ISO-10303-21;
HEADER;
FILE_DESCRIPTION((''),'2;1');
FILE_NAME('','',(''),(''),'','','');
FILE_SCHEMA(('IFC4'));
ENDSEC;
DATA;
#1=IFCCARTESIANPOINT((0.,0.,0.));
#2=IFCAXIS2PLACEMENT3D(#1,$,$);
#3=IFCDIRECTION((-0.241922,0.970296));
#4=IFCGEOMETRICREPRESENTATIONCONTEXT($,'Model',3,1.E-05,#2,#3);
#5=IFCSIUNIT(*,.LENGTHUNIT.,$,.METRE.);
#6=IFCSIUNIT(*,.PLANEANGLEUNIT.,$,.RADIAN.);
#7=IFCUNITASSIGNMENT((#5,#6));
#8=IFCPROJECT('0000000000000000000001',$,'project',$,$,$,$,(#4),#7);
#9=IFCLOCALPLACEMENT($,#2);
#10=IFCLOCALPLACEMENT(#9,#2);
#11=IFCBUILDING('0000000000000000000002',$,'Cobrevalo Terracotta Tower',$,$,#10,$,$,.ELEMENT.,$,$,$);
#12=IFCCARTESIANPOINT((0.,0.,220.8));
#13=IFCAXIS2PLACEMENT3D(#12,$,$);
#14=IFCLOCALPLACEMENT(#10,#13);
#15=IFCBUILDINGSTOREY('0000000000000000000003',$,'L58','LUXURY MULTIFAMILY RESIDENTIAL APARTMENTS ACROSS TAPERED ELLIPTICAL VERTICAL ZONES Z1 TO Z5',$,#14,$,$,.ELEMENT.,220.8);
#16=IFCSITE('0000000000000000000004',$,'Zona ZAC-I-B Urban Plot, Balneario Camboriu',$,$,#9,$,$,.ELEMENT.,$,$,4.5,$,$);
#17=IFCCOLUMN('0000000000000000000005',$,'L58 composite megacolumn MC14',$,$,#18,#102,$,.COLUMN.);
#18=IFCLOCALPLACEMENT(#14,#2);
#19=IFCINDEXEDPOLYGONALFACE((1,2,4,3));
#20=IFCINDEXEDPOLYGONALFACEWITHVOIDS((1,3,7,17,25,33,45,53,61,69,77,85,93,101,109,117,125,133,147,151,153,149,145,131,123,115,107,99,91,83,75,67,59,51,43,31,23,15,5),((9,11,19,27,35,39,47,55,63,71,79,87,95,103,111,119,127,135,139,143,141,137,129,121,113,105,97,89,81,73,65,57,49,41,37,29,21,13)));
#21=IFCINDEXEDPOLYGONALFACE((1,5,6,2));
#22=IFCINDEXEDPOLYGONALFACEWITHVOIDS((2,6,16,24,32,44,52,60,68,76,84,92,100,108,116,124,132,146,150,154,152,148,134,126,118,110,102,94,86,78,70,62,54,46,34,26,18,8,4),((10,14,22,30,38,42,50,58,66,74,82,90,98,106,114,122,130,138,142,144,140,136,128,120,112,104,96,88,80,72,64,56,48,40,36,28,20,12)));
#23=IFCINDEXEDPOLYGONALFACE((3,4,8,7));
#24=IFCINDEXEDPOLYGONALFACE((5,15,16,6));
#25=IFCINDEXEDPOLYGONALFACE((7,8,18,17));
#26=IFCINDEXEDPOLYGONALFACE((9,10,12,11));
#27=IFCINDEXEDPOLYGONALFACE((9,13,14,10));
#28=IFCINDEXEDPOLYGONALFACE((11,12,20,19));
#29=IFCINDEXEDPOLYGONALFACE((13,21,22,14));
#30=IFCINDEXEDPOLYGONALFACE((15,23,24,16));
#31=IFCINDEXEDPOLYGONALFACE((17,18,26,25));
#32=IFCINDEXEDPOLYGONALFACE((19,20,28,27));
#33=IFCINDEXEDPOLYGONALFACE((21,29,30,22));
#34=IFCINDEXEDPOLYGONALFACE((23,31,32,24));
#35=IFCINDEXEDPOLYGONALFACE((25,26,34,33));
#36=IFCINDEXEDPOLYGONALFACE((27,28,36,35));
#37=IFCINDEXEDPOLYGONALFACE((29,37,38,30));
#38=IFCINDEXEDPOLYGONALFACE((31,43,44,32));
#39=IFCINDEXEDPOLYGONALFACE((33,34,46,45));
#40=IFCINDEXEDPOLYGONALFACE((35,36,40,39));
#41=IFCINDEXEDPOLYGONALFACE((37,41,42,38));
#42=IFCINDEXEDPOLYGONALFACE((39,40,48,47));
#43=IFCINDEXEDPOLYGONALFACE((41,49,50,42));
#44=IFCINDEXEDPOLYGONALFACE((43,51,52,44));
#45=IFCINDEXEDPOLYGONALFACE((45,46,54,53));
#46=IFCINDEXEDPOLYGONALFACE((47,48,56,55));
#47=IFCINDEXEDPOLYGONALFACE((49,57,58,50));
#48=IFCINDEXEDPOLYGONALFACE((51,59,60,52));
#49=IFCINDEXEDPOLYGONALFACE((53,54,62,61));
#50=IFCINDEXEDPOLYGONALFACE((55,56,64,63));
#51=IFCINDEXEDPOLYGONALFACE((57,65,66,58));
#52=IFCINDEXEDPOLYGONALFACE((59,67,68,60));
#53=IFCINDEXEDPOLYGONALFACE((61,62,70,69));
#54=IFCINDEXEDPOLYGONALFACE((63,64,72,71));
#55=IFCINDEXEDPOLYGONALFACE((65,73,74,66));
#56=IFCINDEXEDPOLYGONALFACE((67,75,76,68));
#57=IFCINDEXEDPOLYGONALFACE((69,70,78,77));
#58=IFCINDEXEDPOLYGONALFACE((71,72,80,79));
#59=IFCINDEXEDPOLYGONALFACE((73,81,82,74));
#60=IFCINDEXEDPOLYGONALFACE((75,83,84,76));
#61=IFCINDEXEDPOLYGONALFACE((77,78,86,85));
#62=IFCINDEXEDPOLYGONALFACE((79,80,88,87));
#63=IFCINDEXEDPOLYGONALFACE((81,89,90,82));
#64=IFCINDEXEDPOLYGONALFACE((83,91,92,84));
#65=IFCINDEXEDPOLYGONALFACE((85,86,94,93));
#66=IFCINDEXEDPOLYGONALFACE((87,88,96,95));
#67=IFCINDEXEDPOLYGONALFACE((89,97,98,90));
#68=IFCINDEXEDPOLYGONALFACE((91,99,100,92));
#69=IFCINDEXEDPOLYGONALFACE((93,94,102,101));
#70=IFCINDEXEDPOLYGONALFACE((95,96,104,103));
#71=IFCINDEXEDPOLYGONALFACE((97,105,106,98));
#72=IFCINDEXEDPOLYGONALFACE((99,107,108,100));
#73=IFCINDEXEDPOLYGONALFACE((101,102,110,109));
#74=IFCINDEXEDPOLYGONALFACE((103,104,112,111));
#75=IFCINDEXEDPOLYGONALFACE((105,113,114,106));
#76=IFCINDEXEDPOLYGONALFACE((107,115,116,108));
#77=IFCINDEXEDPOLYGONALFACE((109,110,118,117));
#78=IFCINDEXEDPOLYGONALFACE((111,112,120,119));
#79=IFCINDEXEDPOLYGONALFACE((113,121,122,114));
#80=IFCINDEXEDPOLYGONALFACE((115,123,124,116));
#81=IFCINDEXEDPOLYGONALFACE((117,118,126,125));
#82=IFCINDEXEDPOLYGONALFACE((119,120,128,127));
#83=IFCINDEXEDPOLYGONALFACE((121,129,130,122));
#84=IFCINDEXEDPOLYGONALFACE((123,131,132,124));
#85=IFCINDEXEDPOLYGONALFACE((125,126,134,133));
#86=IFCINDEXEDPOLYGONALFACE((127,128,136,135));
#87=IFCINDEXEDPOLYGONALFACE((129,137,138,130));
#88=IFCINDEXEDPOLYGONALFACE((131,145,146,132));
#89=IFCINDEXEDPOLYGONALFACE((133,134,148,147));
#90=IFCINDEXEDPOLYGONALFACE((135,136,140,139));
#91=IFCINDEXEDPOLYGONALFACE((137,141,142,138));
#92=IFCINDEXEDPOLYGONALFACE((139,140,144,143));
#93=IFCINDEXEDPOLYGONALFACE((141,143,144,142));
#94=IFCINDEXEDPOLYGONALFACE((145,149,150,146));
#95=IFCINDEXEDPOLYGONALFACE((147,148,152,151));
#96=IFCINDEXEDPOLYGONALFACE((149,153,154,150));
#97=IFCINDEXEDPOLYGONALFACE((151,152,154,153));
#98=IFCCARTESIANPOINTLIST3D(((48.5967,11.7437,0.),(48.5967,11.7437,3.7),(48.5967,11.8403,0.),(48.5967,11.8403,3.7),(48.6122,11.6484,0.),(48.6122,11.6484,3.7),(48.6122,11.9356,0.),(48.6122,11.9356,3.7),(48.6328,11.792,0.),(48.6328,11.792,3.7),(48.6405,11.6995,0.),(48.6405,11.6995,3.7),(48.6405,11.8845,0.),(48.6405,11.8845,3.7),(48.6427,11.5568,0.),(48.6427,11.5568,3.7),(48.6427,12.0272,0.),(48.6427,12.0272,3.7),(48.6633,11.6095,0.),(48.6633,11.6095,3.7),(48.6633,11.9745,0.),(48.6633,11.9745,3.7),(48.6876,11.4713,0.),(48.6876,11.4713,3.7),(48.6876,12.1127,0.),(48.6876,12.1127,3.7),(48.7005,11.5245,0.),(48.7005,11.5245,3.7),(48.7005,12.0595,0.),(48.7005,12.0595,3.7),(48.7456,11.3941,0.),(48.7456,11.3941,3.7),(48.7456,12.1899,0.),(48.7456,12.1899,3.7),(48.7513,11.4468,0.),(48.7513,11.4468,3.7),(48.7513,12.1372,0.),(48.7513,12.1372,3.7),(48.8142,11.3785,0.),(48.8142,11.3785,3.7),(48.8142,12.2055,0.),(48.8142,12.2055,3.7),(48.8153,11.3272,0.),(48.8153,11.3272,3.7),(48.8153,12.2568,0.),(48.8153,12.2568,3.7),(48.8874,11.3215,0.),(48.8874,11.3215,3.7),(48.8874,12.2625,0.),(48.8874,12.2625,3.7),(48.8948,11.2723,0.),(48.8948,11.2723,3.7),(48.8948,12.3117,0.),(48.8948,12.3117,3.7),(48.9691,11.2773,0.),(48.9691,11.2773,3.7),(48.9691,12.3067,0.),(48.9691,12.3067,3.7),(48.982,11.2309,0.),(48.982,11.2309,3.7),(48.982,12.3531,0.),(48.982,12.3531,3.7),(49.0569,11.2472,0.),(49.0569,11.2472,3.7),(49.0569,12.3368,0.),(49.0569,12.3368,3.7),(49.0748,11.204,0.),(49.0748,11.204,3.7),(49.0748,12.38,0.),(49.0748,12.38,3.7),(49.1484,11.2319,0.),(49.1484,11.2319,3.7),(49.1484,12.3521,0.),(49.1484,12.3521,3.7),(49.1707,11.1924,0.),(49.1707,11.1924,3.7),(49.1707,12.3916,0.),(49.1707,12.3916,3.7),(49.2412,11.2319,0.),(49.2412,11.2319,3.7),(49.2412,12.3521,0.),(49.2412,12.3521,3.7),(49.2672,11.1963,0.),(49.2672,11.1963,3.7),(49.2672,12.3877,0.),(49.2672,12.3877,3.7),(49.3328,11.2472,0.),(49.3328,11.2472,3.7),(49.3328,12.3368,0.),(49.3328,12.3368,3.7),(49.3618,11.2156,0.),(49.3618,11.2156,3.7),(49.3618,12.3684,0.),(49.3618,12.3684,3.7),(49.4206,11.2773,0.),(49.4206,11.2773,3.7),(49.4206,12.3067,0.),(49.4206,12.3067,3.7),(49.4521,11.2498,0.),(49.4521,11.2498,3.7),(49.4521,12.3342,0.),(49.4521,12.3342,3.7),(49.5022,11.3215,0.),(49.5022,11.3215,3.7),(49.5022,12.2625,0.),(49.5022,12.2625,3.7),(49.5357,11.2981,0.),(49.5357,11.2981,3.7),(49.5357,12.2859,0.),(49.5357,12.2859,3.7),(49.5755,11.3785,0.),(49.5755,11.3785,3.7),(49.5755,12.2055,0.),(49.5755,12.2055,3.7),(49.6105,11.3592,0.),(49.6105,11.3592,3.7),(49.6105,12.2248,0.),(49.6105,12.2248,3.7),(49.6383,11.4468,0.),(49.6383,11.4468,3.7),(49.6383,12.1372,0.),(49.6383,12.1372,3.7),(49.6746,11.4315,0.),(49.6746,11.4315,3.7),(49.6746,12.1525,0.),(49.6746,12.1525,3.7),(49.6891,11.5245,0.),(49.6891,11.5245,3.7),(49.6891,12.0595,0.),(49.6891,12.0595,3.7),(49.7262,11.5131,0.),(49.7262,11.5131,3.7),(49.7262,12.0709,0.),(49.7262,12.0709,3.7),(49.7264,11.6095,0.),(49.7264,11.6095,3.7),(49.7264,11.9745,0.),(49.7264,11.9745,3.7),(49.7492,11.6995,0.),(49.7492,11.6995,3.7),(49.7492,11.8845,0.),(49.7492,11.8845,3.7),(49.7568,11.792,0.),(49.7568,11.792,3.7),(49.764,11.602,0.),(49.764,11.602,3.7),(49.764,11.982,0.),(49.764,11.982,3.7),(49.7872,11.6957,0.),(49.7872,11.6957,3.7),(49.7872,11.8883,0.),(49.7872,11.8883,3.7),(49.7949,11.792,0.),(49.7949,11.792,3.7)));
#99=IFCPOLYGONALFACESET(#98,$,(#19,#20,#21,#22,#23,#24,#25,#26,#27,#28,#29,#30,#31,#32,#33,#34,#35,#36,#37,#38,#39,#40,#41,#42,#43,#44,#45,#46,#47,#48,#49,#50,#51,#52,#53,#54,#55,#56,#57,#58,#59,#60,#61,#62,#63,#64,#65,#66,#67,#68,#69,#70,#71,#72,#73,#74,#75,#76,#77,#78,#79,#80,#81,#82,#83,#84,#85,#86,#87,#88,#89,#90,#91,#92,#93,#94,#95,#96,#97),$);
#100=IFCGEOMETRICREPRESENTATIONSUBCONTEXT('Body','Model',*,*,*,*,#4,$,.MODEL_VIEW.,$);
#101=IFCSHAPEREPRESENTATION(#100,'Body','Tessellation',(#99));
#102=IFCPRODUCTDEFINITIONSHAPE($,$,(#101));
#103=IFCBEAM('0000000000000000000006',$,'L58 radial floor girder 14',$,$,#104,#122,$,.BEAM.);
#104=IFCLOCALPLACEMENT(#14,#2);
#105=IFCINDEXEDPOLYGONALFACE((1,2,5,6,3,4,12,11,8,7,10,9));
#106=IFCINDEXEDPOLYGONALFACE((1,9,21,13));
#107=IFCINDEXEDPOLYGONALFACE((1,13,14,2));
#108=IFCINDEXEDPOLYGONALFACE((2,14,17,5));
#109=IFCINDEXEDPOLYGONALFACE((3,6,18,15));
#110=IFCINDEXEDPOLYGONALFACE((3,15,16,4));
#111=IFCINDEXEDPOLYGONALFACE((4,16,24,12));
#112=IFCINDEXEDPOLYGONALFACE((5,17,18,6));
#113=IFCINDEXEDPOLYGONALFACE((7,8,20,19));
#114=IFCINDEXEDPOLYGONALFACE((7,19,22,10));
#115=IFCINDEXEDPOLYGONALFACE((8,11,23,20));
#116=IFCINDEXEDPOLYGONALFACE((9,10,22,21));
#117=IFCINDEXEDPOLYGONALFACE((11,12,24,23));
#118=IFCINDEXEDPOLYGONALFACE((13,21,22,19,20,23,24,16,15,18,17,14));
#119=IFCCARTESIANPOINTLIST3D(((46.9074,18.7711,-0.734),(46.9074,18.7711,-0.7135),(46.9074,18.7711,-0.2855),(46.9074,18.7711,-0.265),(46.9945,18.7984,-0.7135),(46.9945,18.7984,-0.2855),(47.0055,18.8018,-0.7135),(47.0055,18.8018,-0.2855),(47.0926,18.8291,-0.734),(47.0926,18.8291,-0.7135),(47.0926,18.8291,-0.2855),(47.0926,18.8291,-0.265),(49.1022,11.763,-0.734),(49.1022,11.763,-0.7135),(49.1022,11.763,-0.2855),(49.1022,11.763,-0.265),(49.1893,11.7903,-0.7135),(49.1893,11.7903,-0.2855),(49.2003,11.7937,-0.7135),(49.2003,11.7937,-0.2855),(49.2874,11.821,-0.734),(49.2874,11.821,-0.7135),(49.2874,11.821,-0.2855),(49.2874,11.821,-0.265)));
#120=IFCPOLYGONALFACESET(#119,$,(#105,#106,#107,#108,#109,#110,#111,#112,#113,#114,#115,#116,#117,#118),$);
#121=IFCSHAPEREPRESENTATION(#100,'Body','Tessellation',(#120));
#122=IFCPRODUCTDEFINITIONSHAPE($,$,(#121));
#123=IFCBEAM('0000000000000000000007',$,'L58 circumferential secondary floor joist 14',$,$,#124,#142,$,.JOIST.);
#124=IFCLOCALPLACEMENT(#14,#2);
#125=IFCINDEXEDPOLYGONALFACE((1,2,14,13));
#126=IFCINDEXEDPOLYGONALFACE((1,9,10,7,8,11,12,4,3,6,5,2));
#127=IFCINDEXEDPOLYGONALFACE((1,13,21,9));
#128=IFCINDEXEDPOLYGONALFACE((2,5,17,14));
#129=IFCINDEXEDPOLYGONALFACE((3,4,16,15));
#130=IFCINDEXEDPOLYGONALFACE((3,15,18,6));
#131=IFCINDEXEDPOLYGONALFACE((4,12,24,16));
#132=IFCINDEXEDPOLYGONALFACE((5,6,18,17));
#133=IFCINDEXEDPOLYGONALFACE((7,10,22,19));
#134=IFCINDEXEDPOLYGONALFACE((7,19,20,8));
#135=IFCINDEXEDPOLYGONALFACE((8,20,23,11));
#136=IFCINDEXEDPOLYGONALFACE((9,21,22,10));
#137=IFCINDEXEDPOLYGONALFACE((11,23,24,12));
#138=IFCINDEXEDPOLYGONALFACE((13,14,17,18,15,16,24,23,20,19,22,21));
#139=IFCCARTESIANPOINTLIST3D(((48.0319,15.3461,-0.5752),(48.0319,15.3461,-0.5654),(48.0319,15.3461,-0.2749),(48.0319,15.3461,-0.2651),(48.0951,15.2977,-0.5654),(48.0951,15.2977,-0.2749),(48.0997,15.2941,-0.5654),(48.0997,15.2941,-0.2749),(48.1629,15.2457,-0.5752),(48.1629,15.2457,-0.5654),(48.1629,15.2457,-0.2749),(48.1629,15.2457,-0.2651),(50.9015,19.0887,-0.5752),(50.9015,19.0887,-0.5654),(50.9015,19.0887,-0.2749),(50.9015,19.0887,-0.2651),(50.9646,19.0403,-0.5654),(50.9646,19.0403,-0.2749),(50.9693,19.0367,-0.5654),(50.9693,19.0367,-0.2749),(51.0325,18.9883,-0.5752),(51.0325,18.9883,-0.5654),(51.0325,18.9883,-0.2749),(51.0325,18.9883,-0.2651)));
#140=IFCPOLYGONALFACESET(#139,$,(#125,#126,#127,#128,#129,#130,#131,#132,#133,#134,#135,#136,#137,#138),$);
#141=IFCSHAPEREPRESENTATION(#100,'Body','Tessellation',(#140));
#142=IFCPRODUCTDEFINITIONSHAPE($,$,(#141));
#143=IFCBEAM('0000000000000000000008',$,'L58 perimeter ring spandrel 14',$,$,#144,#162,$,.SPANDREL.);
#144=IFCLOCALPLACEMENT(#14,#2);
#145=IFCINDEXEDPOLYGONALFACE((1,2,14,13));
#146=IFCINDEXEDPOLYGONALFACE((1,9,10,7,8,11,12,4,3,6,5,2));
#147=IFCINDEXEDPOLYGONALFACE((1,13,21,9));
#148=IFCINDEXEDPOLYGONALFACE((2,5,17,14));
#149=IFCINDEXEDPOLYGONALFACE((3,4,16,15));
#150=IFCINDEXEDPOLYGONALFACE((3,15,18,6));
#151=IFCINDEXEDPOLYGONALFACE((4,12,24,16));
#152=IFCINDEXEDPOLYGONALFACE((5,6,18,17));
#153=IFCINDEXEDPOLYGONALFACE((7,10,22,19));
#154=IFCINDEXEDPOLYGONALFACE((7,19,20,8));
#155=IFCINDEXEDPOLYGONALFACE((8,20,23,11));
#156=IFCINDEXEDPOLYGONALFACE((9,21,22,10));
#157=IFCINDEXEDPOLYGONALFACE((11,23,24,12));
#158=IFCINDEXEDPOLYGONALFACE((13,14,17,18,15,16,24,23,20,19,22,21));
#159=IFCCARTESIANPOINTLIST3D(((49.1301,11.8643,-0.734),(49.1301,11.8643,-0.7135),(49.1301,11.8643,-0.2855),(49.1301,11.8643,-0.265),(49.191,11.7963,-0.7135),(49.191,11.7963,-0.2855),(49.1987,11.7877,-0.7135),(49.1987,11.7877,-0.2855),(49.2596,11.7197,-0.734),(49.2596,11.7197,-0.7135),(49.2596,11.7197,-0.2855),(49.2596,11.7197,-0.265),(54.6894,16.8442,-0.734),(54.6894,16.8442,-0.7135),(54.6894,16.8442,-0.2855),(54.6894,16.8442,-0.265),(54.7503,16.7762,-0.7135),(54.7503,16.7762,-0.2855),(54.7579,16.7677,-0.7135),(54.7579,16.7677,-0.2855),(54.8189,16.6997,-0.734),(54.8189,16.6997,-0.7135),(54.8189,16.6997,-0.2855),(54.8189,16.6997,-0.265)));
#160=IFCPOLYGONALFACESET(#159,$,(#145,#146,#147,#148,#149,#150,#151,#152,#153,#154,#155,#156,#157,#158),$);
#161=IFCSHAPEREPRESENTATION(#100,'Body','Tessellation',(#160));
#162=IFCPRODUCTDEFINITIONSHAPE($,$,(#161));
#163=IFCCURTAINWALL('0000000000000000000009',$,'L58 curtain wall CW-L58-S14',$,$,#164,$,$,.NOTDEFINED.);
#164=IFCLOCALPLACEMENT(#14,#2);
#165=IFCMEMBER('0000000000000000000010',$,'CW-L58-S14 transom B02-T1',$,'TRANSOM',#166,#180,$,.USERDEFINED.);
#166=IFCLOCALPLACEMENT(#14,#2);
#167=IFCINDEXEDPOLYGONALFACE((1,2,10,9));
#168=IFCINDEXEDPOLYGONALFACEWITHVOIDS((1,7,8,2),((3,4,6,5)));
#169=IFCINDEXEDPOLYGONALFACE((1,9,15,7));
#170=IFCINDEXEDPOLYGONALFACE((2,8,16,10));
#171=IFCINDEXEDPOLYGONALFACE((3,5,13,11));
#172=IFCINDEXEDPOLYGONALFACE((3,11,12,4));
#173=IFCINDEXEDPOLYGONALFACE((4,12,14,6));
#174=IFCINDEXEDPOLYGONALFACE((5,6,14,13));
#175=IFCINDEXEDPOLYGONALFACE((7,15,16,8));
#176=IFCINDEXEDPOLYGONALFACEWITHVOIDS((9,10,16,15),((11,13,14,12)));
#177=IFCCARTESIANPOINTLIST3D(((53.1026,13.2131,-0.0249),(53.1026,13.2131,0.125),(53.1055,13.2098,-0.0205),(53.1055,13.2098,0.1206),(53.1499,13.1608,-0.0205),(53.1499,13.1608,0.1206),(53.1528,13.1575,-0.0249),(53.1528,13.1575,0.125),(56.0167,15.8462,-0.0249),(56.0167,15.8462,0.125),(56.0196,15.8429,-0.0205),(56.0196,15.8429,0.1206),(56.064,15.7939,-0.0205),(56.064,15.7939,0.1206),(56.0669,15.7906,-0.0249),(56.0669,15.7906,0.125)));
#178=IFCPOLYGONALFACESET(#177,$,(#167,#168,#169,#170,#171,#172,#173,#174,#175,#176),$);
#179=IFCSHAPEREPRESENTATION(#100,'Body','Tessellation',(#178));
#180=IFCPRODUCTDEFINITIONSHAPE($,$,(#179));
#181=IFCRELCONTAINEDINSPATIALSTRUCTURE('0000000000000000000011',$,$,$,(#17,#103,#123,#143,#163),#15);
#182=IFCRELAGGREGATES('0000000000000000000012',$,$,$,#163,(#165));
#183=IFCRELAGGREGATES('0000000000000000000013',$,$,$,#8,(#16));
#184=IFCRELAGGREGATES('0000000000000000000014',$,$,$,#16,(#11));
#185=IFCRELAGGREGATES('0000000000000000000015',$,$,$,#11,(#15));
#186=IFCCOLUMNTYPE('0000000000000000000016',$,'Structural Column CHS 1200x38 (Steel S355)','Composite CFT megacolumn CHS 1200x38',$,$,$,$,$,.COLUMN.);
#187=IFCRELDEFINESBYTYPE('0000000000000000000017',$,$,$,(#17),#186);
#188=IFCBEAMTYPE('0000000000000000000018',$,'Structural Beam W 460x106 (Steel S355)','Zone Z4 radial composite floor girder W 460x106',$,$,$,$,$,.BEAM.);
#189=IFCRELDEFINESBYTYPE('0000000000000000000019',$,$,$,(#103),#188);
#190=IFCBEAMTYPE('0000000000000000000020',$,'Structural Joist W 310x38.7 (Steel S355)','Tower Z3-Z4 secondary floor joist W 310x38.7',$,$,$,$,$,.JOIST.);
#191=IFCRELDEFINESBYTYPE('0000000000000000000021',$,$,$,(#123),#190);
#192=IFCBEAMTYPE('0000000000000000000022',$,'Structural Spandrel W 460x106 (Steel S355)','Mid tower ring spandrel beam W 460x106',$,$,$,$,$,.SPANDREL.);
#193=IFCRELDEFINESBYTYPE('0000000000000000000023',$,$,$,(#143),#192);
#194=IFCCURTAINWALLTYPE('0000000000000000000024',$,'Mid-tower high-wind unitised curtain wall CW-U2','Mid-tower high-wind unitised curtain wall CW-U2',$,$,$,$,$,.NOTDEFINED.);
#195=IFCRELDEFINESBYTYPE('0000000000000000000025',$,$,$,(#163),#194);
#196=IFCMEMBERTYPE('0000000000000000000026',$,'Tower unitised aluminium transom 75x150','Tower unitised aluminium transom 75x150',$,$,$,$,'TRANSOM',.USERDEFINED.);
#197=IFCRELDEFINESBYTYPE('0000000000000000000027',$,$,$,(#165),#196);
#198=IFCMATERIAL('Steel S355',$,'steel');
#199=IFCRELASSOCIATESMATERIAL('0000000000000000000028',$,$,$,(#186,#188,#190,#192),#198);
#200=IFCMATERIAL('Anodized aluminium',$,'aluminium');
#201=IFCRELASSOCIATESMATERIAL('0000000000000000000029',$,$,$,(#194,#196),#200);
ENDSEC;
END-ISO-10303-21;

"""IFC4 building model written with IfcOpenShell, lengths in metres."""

from ifc_helpers import new_model, si_unit, direction, frame, origin, origin_2d, place, context, subcontext, project, spatial, hollow_rectangle, hollow_circle, i_section, extrude, source, transform, mapped, material, material_profile, profile_set, type_object, element, aggregate, save


model = new_model("IFC4")

# Units and contexts
model_context = context("Model", 3, precision=1e-05, world=origin(), true_north=direction((-0.241922, 0.970296)))
body_context = subcontext(model_context, "Body", "Model", "MODEL_VIEW")
ifc_project = project(units=[si_unit("LENGTHUNIT", "METRE"), si_unit("PLANEANGLEUNIT", "RADIAN")], contexts=[model_context])

# Site, building, storey
site_placement = place(None, origin())
site = spatial("IfcSite", under=ifc_project, at=site_placement, Name="Zona ZAC-I-B Urban Plot, Balneario Camboriu", CompositionType="ELEMENT", RefElevation=4.5)
building_placement = place(site_placement, origin())
building = spatial("IfcBuilding", under=site, at=building_placement, Name="Cobrevalo Terracotta Tower", CompositionType="ELEMENT")
storey_placement = place(building_placement, frame((0.0, 0.0, 220.8)))
storey = spatial("IfcBuildingStorey", under=building, at=storey_placement, Name="L58", Description="LUXURY MULTIFAMILY RESIDENTIAL APARTMENTS ACROSS TAPERED ELLIPTICAL VERTICAL ZONES Z1 TO Z5", CompositionType="ELEMENT", Elevation=220.8)

# Column
ifc_material_1 = material(Name="Steel S355", Category="steel")
ifc_material_profile_1 = material_profile(ifc_material_1, hollow_circle(Radius=0.6001, WallThickness=0.0381, at=origin_2d()), Name="CHS 1200x38")
ifc_profile_set_1 = profile_set([ifc_material_profile_1], Name="Steel S355")
column_type = type_object("IfcColumnType", Name="Structural Column CHS 1200x38 (Steel S355)", Description="Composite CFT megacolumn CHS 1200x38", PredefinedType="COLUMN", material=ifc_profile_set_1)
column_placement = place(storey_placement, frame((49.1948, 11.792, 0.0), z_axis=(0.0, 0.0, 1.0), x_axis=(1.0, 0.0, 0.0)))
element("IfcColumn", 1, at=column_placement, inside=storey, type_object=column_type, Name="L58 composite megacolumn MC14", PredefinedType="COLUMN", context=body_context, shape_type="SweptSolid", body=[
    extrude(hollow_circle(Radius=0.6001, WallThickness=0.0381, at=origin_2d()), origin(), (0.0, 0.0, 1.0), 3.7),
])

# Beams
ifc_material_profile_2 = material_profile(ifc_material_1, i_section(OverallWidth=0.1941, OverallDepth=0.469, WebThickness=0.0115, FlangeThickness=0.0205, at=origin_2d()), Name="W 460x106")
ifc_profile_set_2 = profile_set([ifc_material_profile_2], Name="Steel S355")
beam_type_1 = type_object("IfcBeamType", Name="Structural Beam W 460x106 (Steel S355)", Description="Zone Z4 radial composite floor girder W 460x106", PredefinedType="BEAM", material=ifc_profile_set_2)
beam_1_placement = place(storey_placement, frame((49.1948, 11.792, -0.4995), z_axis=(-0.298871, 0.954293, 0.0), x_axis=(-0.954293, -0.298871, 0.0)))
element("IfcBeam", 2, at=beam_1_placement, inside=storey, type_object=beam_type_1, Name="L58 radial floor girder 14", PredefinedType="BEAM", context=body_context, shape_type="SweptSolid", body=[
    extrude(i_section(OverallWidth=0.1941, OverallDepth=0.469, WebThickness=0.0115, FlangeThickness=0.0205, at=origin_2d()), origin(), (0.0, 0.0, 1.0), 7.3438),
])
ifc_material_profile_3 = material_profile(ifc_material_1, i_section(OverallWidth=0.165, OverallDepth=0.3101, WebThickness=0.0059, FlangeThickness=0.0098, at=origin_2d()), Name="W 310x38.7")
ifc_profile_set_3 = profile_set([ifc_material_profile_3], Name="Steel S355")
beam_type_2 = type_object("IfcBeamType", Name="Structural Joist W 310x38.7 (Steel S355)", Description="Tower Z3-Z4 secondary floor joist W 310x38.7", PredefinedType="JOIST", material=ifc_profile_set_3)
beam_2_placement = place(storey_placement, frame((48.0974, 15.2959, -0.4202), z_axis=(0.608464, 0.793581, 0.0), x_axis=(-0.793581, 0.608464, 0.0)))
element("IfcBeam", 3, at=beam_2_placement, inside=storey, type_object=beam_type_2, Name="L58 circumferential secondary floor joist 14", PredefinedType="JOIST", context=body_context, shape_type="SweptSolid", body=[
    extrude(i_section(OverallWidth=0.165, OverallDepth=0.3101, WebThickness=0.0059, FlangeThickness=0.0098, at=origin_2d()), origin(), (0.0, 0.0, 1.0), 4.7161),
])
ifc_material_profile_4 = material_profile(ifc_material_1, i_section(OverallWidth=0.1941, OverallDepth=0.469, WebThickness=0.0115, FlangeThickness=0.0205, at=origin_2d()), Name="W 460x106")
ifc_profile_set_4 = profile_set([ifc_material_profile_4], Name="Steel S355")
beam_type_3 = type_object("IfcBeamType", Name="Structural Spandrel W 460x106 (Steel S355)", Description="Mid tower ring spandrel beam W 460x106", PredefinedType="SPANDREL", material=ifc_profile_set_4)
beam_3_placement = place(storey_placement, frame((49.1948, 11.792, -0.4995), z_axis=(0.744852, 0.66723, 0.0), x_axis=(-0.66723, 0.744852, 0.0)))
element("IfcBeam", 4, at=beam_3_placement, inside=storey, type_object=beam_type_3, Name="L58 perimeter ring spandrel 14", PredefinedType="SPANDREL", context=body_context, shape_type="SweptSolid", body=[
    extrude(i_section(OverallWidth=0.1941, OverallDepth=0.469, WebThickness=0.0115, FlangeThickness=0.0205, at=origin_2d()), origin(), (0.0, 0.0, 1.0), 7.4636),
])

# Curtain wall, member
ifc_material_2 = material(Name="Anodized aluminium", Category="aluminium")
curtain_wall_type = type_object("IfcCurtainWallType", Name="Mid-tower high-wind unitised curtain wall CW-U2", Description="Mid-tower high-wind unitised curtain wall CW-U2", PredefinedType="NOTDEFINED", material=ifc_material_2)
curtain_wall_1_placement = place(storey_placement, origin())
curtain_wall_1 = element("IfcCurtainWall", 5, at=curtain_wall_1_placement, inside=storey, type_object=curtain_wall_type, Name="L58 curtain wall CW-L58-S14", PredefinedType="NOTDEFINED")
ifc_material_profile_5 = material_profile(ifc_material_2, hollow_rectangle(XDim=0.075, YDim=0.1499, WallThickness=0.0044, at=origin_2d()), Name="CWT 75x150")
ifc_profile_set_5 = profile_set([ifc_material_profile_5], Name="Anodized aluminium")
member_type_1 = type_object("IfcMemberType", Name="Tower unitised aluminium transom 75x150", Description="Tower unitised aluminium transom 75x150", ElementType="TRANSOM", PredefinedType="USERDEFINED", material=ifc_profile_set_5)
shared_shape_1 = source(origin(), body_context, "Body", "SweptSolid", [
    extrude(hollow_rectangle(XDim=0.075, YDim=0.1499, WallThickness=0.0044, at=origin_2d()), origin(), (0.0, 0.0, 1.0), 3.9275),
])
member_1_placement = place(storey_placement, frame((53.1277, 13.1853, 0.05), z_axis=(0.741976, 0.670426, 0.0), x_axis=(-0.670426, 0.741976, 0.0)))
member_1 = element("IfcMember", 6, at=member_1_placement, type_object=member_type_1, Name="CW-L58-S14 transom B02-T1", ObjectType="TRANSOM", PredefinedType="USERDEFINED", context=body_context, shape_type="MappedRepresentation", body=[
    mapped(shared_shape_1, transform((0.0, 0.0, 0.0), scale=1.0)),
])

aggregate(curtain_wall_1, [member_1])

save(model, "model.ifc")
